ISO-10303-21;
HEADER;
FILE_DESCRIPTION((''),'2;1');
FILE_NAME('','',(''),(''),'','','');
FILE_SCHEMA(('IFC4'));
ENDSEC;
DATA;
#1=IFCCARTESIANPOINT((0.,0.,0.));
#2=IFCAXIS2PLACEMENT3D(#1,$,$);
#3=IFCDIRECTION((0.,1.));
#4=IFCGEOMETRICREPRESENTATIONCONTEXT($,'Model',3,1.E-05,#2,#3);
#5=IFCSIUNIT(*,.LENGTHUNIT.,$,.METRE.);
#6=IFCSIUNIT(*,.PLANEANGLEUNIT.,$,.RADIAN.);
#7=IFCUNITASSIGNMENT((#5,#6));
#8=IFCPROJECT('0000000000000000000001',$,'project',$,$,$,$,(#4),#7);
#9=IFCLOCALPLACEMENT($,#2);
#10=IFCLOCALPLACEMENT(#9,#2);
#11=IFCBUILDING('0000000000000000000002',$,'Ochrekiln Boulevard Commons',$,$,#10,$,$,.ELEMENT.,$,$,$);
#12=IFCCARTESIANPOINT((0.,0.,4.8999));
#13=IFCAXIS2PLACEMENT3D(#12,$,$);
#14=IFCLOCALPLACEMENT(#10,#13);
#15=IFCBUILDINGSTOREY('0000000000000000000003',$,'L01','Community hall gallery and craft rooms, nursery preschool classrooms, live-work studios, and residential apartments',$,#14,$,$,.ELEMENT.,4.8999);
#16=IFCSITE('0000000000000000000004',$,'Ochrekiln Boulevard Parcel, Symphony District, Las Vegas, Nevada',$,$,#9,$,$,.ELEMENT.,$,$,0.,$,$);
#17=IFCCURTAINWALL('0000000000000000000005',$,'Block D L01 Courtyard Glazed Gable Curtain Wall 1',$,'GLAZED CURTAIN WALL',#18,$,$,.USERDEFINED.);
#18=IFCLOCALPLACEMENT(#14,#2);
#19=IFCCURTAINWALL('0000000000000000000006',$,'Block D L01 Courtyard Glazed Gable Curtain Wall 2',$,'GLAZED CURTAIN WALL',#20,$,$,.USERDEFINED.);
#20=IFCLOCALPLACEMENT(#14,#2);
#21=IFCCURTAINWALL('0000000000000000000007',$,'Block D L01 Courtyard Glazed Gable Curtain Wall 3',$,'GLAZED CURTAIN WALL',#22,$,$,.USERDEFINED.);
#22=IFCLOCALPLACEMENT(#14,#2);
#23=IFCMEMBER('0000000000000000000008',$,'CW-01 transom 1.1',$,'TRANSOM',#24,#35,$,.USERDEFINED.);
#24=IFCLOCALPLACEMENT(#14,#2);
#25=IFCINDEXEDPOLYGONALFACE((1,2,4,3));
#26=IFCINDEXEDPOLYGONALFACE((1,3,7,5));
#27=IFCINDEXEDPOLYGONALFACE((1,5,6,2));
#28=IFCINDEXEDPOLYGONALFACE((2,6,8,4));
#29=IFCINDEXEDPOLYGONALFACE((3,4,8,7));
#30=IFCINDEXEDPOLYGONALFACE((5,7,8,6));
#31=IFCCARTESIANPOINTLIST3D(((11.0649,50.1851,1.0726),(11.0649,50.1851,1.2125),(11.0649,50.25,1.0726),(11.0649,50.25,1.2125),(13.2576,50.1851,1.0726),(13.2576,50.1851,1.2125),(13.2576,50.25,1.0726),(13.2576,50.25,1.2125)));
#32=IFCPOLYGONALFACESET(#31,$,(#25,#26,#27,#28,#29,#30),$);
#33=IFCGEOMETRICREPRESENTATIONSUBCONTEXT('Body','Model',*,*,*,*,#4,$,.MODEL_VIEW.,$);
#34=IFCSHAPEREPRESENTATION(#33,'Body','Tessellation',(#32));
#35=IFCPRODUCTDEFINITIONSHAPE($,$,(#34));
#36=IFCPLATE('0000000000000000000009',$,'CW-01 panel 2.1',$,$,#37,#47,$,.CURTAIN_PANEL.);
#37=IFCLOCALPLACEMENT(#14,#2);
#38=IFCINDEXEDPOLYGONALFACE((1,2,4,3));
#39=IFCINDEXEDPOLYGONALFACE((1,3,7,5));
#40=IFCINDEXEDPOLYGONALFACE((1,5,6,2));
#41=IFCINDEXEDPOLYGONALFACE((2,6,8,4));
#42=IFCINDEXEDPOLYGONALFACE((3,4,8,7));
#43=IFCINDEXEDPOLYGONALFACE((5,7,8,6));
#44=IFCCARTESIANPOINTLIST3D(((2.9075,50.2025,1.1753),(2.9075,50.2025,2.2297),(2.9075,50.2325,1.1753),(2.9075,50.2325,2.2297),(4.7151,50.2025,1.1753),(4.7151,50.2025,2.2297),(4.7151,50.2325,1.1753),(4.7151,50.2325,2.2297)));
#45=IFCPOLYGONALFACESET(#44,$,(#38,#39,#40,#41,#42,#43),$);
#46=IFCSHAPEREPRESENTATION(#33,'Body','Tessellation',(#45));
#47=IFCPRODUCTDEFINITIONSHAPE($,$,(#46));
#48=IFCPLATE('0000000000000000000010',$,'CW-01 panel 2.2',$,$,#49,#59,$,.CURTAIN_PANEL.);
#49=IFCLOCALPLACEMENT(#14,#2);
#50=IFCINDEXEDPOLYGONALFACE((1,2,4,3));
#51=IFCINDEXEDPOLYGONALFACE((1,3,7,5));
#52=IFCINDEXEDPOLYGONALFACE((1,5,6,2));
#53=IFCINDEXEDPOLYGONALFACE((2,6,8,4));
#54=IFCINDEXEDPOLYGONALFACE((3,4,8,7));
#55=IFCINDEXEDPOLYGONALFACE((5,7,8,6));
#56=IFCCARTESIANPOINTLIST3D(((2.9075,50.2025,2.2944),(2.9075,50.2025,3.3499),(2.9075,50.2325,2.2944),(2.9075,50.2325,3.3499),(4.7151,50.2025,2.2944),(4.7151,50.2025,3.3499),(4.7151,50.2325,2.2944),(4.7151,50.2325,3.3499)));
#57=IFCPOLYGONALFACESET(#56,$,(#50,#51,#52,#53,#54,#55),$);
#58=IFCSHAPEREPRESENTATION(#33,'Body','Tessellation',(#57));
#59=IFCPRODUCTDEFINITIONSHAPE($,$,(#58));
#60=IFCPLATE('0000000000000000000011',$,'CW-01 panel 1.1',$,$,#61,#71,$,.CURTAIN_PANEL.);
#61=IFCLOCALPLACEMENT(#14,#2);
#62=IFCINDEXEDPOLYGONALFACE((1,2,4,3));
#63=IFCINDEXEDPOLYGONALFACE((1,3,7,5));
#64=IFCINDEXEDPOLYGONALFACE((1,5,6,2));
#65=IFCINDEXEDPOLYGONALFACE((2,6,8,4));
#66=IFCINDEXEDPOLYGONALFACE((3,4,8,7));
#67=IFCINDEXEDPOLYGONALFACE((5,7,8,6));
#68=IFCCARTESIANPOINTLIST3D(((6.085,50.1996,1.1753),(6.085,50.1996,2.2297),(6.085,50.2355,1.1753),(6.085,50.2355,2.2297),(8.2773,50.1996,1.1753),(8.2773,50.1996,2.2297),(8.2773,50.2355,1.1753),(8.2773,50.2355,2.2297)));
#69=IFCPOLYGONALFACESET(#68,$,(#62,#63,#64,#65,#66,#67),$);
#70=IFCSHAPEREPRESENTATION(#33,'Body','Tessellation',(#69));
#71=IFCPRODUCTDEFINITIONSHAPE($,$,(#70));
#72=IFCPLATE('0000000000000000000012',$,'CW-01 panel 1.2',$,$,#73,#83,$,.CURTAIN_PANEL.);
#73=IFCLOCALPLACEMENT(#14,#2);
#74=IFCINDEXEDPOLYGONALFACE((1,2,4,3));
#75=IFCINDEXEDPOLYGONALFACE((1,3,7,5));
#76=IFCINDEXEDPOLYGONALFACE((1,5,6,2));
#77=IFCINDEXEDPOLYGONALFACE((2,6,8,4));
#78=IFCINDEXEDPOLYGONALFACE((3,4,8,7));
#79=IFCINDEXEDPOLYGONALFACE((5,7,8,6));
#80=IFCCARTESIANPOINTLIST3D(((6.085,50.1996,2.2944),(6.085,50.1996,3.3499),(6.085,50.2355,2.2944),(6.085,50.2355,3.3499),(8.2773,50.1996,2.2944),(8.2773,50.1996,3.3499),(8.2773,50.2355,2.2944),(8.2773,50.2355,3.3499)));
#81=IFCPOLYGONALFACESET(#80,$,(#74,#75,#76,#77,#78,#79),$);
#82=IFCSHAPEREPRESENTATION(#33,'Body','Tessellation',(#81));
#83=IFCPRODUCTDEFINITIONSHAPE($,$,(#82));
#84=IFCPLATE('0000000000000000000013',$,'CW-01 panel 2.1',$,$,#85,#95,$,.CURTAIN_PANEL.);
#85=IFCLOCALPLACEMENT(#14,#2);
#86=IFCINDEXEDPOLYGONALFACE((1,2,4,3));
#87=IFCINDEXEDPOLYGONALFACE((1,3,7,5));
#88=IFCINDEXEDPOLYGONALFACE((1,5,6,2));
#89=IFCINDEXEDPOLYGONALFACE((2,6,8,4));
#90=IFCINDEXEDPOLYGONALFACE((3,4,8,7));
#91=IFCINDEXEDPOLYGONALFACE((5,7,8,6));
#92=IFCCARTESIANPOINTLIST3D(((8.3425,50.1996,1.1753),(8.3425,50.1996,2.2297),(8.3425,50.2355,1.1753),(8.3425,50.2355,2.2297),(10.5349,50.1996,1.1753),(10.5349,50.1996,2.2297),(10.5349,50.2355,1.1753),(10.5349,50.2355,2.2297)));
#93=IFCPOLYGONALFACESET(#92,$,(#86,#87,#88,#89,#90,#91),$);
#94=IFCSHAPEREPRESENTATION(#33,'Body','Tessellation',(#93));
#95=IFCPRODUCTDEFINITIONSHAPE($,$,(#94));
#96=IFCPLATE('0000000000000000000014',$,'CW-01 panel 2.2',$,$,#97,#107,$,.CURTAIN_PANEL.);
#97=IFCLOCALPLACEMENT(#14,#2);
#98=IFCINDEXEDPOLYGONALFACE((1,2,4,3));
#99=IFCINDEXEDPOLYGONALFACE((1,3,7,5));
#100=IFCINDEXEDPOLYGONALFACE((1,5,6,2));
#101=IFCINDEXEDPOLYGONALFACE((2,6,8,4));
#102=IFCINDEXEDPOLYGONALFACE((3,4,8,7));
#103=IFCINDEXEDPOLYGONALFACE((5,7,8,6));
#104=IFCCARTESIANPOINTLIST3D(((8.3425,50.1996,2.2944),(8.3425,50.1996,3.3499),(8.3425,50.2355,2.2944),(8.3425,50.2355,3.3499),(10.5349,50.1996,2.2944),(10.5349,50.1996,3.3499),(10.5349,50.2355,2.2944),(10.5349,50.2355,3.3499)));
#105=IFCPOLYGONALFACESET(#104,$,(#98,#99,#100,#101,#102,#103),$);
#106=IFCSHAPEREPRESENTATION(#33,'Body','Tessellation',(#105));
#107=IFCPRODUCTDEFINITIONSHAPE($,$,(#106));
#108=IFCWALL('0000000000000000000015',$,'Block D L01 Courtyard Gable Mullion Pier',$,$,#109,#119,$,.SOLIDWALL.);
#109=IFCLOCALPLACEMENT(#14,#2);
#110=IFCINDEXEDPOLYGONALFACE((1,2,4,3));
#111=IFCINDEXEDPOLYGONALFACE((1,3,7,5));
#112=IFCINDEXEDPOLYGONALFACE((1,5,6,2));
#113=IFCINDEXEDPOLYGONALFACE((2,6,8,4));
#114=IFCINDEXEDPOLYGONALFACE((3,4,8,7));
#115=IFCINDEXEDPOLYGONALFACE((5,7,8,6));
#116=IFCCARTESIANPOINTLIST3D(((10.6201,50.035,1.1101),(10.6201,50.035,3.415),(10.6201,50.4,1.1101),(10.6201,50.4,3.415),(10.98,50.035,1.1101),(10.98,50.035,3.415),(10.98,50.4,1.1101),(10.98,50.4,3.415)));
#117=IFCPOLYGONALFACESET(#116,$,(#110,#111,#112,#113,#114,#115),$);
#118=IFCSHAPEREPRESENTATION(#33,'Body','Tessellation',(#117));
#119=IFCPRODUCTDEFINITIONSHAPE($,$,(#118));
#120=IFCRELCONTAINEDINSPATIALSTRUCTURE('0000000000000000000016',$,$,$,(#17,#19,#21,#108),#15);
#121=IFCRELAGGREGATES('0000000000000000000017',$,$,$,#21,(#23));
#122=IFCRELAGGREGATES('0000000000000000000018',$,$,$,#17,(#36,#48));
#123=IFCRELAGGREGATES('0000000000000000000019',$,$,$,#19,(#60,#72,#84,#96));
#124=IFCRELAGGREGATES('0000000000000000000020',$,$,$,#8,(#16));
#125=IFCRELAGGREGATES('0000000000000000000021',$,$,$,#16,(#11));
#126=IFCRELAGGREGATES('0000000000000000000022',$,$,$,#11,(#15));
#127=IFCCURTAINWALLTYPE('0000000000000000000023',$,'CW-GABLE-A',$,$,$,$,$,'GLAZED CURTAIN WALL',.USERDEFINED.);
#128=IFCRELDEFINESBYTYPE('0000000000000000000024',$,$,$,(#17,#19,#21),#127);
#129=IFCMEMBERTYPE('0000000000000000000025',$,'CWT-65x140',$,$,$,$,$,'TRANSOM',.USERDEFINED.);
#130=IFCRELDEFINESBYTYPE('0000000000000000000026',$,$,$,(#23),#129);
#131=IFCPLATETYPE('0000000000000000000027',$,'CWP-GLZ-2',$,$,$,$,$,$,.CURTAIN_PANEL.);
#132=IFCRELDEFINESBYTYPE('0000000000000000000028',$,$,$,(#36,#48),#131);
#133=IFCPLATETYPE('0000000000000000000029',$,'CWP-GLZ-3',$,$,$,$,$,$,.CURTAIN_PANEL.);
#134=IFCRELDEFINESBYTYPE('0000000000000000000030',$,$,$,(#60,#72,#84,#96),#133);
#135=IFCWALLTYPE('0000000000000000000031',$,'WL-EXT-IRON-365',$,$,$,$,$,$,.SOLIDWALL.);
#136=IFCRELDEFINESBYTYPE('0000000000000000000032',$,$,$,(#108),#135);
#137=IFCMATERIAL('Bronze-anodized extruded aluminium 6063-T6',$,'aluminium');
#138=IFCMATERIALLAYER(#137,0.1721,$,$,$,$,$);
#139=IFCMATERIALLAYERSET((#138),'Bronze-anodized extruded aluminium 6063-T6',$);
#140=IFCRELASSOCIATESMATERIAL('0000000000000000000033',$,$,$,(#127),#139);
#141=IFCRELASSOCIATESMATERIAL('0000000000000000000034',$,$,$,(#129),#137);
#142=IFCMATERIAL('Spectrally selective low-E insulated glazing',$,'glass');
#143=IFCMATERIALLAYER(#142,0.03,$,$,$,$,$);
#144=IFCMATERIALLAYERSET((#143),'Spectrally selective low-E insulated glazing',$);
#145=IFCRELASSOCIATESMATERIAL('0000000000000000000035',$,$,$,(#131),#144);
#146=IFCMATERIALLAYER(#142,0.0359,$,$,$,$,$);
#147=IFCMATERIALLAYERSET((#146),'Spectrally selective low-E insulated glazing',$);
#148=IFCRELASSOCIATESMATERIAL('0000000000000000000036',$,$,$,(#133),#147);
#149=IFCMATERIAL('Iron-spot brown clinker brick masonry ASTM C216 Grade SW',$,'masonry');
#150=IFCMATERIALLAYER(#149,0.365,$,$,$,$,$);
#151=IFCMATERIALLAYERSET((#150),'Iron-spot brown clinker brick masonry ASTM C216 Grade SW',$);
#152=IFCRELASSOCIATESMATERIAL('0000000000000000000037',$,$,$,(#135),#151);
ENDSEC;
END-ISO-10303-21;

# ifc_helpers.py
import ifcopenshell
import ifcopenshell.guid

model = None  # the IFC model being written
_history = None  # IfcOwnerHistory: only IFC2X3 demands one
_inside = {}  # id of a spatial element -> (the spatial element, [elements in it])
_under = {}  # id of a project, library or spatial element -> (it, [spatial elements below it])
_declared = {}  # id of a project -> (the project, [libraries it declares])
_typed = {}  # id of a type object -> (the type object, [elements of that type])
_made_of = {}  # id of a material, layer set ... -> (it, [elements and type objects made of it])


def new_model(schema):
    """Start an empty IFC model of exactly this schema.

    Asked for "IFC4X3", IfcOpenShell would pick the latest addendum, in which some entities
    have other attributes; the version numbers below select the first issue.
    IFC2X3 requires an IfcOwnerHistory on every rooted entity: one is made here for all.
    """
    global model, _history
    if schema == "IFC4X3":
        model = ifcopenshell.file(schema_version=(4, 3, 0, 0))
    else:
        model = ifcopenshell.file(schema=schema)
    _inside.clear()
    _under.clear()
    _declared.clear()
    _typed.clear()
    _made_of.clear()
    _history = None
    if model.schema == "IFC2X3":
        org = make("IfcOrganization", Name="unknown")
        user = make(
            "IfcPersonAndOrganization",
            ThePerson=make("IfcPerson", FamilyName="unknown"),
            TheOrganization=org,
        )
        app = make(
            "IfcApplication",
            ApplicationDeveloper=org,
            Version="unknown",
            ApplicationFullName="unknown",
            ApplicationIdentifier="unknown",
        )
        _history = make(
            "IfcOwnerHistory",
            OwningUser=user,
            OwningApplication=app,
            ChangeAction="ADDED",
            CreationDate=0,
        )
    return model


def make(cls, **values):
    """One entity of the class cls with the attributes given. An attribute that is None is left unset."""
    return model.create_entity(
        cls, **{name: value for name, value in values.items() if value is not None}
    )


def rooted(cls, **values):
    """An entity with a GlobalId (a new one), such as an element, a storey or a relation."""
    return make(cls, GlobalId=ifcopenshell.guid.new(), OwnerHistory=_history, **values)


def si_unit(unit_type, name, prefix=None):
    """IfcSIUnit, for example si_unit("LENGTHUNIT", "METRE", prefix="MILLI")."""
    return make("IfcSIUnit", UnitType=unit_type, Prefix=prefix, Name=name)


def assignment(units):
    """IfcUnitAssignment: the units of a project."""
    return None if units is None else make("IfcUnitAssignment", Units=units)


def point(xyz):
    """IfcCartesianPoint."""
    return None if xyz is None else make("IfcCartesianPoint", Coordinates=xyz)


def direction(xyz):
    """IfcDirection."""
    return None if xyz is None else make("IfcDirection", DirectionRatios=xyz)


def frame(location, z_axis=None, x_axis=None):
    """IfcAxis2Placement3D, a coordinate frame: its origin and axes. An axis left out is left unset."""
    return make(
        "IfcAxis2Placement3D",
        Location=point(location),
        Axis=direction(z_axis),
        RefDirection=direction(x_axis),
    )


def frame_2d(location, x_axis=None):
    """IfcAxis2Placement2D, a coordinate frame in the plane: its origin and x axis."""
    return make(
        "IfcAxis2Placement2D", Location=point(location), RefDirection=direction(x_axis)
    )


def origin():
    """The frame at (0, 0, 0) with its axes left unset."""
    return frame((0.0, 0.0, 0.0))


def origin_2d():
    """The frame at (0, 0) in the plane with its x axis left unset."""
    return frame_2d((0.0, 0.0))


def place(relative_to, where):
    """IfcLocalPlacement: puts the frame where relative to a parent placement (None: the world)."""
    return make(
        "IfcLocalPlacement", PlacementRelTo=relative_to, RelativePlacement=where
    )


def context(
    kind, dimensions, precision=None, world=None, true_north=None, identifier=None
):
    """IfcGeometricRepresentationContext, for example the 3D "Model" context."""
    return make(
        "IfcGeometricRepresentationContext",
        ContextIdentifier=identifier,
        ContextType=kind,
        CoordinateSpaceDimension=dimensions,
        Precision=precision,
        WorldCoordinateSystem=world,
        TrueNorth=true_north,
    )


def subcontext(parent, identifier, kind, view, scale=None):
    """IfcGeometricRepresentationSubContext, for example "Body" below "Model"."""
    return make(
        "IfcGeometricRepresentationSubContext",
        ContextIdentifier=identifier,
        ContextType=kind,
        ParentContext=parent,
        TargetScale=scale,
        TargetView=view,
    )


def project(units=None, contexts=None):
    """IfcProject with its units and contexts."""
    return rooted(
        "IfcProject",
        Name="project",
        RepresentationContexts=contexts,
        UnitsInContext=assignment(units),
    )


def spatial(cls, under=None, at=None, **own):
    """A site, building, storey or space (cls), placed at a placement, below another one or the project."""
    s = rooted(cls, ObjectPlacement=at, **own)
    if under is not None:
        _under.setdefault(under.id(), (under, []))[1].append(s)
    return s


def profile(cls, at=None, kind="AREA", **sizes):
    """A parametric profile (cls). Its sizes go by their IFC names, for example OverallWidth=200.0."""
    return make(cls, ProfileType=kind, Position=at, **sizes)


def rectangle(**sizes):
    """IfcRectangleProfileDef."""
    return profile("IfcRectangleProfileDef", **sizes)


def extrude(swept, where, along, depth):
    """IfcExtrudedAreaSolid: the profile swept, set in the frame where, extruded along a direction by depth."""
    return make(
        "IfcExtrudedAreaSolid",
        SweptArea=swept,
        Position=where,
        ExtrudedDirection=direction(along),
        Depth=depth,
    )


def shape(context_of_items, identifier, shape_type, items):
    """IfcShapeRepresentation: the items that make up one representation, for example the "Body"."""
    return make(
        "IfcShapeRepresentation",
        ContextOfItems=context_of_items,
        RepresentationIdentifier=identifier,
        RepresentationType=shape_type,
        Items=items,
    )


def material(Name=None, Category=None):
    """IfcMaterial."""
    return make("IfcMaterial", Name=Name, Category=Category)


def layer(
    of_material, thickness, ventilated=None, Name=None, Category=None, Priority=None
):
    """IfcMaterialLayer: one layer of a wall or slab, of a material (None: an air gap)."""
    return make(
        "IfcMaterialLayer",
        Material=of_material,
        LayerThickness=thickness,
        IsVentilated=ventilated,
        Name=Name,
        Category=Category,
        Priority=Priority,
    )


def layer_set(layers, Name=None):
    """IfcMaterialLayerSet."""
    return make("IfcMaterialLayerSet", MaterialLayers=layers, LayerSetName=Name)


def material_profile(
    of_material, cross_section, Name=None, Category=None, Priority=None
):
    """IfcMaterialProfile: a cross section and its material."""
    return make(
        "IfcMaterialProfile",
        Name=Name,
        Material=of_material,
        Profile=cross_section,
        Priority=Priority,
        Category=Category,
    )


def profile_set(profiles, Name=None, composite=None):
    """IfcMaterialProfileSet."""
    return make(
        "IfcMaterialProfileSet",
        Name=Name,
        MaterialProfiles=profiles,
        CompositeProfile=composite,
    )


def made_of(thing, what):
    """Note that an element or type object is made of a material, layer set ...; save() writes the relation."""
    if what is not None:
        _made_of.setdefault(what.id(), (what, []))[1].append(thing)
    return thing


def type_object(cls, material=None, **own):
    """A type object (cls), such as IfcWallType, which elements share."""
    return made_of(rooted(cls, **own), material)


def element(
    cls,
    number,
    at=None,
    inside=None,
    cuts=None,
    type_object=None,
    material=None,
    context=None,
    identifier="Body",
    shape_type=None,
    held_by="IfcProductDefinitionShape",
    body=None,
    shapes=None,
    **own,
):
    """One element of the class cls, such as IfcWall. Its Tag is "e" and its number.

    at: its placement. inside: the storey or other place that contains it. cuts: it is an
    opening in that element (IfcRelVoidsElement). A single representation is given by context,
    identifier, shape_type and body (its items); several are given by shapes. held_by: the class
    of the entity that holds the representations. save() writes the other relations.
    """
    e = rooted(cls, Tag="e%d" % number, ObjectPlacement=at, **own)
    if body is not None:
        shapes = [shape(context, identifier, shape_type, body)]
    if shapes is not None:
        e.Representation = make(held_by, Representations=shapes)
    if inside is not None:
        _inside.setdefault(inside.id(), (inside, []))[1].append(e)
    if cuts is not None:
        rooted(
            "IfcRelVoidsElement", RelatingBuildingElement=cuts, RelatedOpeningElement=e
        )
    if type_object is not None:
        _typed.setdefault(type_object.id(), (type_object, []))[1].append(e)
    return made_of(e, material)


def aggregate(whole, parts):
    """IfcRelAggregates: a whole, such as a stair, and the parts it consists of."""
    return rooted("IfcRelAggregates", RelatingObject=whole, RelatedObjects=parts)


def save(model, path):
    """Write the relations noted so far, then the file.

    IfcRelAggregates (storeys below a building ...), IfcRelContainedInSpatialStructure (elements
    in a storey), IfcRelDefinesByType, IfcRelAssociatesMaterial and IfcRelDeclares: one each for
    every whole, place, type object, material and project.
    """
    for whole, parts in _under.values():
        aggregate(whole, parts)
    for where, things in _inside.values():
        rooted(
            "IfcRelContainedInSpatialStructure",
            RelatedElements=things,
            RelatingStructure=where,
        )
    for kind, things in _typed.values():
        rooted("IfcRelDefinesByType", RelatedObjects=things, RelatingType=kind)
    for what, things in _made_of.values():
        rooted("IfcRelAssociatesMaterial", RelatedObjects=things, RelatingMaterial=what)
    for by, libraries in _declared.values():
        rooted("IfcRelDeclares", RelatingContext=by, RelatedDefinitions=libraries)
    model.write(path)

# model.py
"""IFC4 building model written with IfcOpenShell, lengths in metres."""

from ifc_helpers import new_model, si_unit, direction, frame, frame_2d, origin, origin_2d, place, context, subcontext, project, spatial, rectangle, extrude, material, layer, layer_set, material_profile, profile_set, type_object, element, aggregate, save


model = new_model("IFC4")

# Units and contexts
model_context = context("Model", 3, precision=1e-05, world=origin(), true_north=direction((0.0, 1.0)))
body_context = subcontext(model_context, "Body", "Model", "MODEL_VIEW")
ifc_project = project(units=[si_unit("LENGTHUNIT", "METRE"), si_unit("PLANEANGLEUNIT", "RADIAN")], contexts=[model_context])

# Site, building, storey
site_placement = place(None, origin())
site = spatial("IfcSite", under=ifc_project, at=site_placement, Name="Ochrekiln Boulevard Parcel, Symphony District, Las Vegas, Nevada", CompositionType="ELEMENT", RefElevation=0.0)
building_placement = place(site_placement, origin())
building = spatial("IfcBuilding", under=site, at=building_placement, Name="Ochrekiln Boulevard Commons", CompositionType="ELEMENT")
storey_placement = place(building_placement, frame((0.0, 0.0, 4.8999)))
storey = spatial("IfcBuildingStorey", under=building, at=storey_placement, Name="L01", Description="Community hall gallery and craft rooms, nursery preschool classrooms, live-work studios, and residential apartments", CompositionType="ELEMENT", Elevation=4.8999)

# Curtain walls
ifc_material_1 = material(Name="Bronze-anodized extruded aluminium 6063-T6", Category="aluminium")
ifc_layer_1 = layer(ifc_material_1, 0.1721)
ifc_layer_set_1 = layer_set([ifc_layer_1], Name="Bronze-anodized extruded aluminium 6063-T6")
curtain_wall_type = type_object("IfcCurtainWallType", Name="CW-GABLE-A", ElementType="GLAZED CURTAIN WALL", PredefinedType="USERDEFINED", material=ifc_layer_set_1)
curtain_wall_1_placement = place(storey_placement, origin())
curtain_wall_1 = element("IfcCurtainWall", 1, at=curtain_wall_1_placement, inside=storey, type_object=curtain_wall_type, Name="Block D L01 Courtyard Glazed Gable Curtain Wall 1", ObjectType="GLAZED CURTAIN WALL", PredefinedType="USERDEFINED")
curtain_wall_2_placement = place(storey_placement, origin())
curtain_wall_2 = element("IfcCurtainWall", 2, at=curtain_wall_2_placement, inside=storey, type_object=curtain_wall_type, Name="Block D L01 Courtyard Glazed Gable Curtain Wall 2", ObjectType="GLAZED CURTAIN WALL", PredefinedType="USERDEFINED")

# Curtain wall
curtain_wall_3_placement = place(storey_placement, origin())
curtain_wall_3 = element("IfcCurtainWall", 3, at=curtain_wall_3_placement, inside=storey, type_object=curtain_wall_type, Name="Block D L01 Courtyard Glazed Gable Curtain Wall 3", ObjectType="GLAZED CURTAIN WALL", PredefinedType="USERDEFINED")

# Member
ifc_material_profile_1 = material_profile(ifc_material_1, rectangle(XDim=0.0649, YDim=0.1399, at=origin_2d()), Name="ALU-TRN-65x140")
ifc_profile_set_1 = profile_set([ifc_material_profile_1], Name="Bronze-anodized extruded aluminium 6063-T6")
member_type_1 = type_object("IfcMemberType", Name="CWT-65x140", ElementType="TRANSOM", PredefinedType="USERDEFINED", material=ifc_profile_set_1)
member_1_placement = place(storey_placement, frame((11.0649, 50.2175, 1.1426), z_axis=(1.0, 0.0, 0.0), x_axis=(0.0, 1.0, 0.0)))
member_1 = element("IfcMember", 4, at=member_1_placement, type_object=member_type_1, Name="CW-01 transom 1.1", ObjectType="TRANSOM", PredefinedType="USERDEFINED", context=body_context, shape_type="SweptSolid", body=[
    extrude(rectangle(XDim=0.0649, YDim=0.1399, at=origin_2d()), origin(), (0.0, 0.0, 1.0), 2.1926),
])
aggregate(curtain_wall_3, [member_1])

# Plates
ifc_material_2 = material(Name="Spectrally selective low-E insulated glazing", Category="glass")
ifc_layer_2 = layer(ifc_material_2, 0.03)
ifc_layer_set_2 = layer_set([ifc_layer_2], Name="Spectrally selective low-E insulated glazing")
plate_type_1 = type_object("IfcPlateType", Name="CWP-GLZ-2", PredefinedType="CURTAIN_PANEL", material=ifc_layer_set_2)
plate_1_placement = place(storey_placement, frame((3.8113, 50.2175, 1.1753), z_axis=(0.0, 0.0, 1.0), x_axis=(1.0, 0.0, 0.0)))
plate_1 = element("IfcPlate", 5, at=plate_1_placement, type_object=plate_type_1, Name="CW-01 panel 2.1", PredefinedType="CURTAIN_PANEL", context=body_context, shape_type="SweptSolid", body=[
    extrude(rectangle(XDim=1.8076, YDim=0.03, at=origin_2d()), origin(), (0.0, 0.0, 1.0), 1.0544),
])
plate_2_placement = place(storey_placement, frame((3.8113, 50.2175, 2.2944), z_axis=(0.0, 0.0, 1.0), x_axis=(1.0, 0.0, 0.0)))
plate_2 = element("IfcPlate", 6, at=plate_2_placement, type_object=plate_type_1, Name="CW-01 panel 2.2", PredefinedType="CURTAIN_PANEL", context=body_context, shape_type="SweptSolid", body=[
    extrude(rectangle(XDim=1.8076, YDim=0.03, at=origin_2d()), origin(), (0.0, 0.0, 1.0), 1.0554),
])
aggregate(curtain_wall_1, [plate_1, plate_2])
ifc_layer_3 = layer(ifc_material_2, 0.0359)
ifc_layer_set_3 = layer_set([ifc_layer_3], Name="Spectrally selective low-E insulated glazing")
plate_type_2 = type_object("IfcPlateType", Name="CWP-GLZ-3", PredefinedType="CURTAIN_PANEL", material=ifc_layer_set_3)
plate_3_placement = place(storey_placement, frame((7.1812, 50.2175, 1.1753), z_axis=(0.0, 0.0, 1.0), x_axis=(1.0, 0.0, 0.0)))
plate_3 = element("IfcPlate", 7, at=plate_3_placement, type_object=plate_type_2, Name="CW-01 panel 1.1", PredefinedType="CURTAIN_PANEL", context=body_context, shape_type="SweptSolid", body=[
    extrude(rectangle(XDim=2.1924, YDim=0.0359, at=origin_2d()), origin(), (0.0, 0.0, 1.0), 1.0544),
])
plate_4_placement = place(storey_placement, frame((7.1812, 50.2175, 2.2944), z_axis=(0.0, 0.0, 1.0), x_axis=(1.0, 0.0, 0.0)))
plate_4 = element("IfcPlate", 8, at=plate_4_placement, type_object=plate_type_2, Name="CW-01 panel 1.2", PredefinedType="CURTAIN_PANEL", context=body_context, shape_type="SweptSolid", body=[
    extrude(rectangle(XDim=2.1924, YDim=0.0359, at=origin_2d()), origin(), (0.0, 0.0, 1.0), 1.0554),
])
plate_5_placement = place(storey_placement, frame((9.4387, 50.2175, 1.1753), z_axis=(0.0, 0.0, 1.0), x_axis=(1.0, 0.0, 0.0)))
plate_5 = element("IfcPlate", 9, at=plate_5_placement, type_object=plate_type_2, Name="CW-01 panel 2.1", PredefinedType="CURTAIN_PANEL", context=body_context, shape_type="SweptSolid", body=[
    extrude(rectangle(XDim=2.1924, YDim=0.0359, at=origin_2d()), origin(), (0.0, 0.0, 1.0), 1.0544),
])
plate_6_placement = place(storey_placement, frame((9.4387, 50.2175, 2.2944), z_axis=(0.0, 0.0, 1.0), x_axis=(1.0, 0.0, 0.0)))
plate_6 = element("IfcPlate", 10, at=plate_6_placement, type_object=plate_type_2, Name="CW-01 panel 2.2", PredefinedType="CURTAIN_PANEL", context=body_context, shape_type="SweptSolid", body=[
    extrude(rectangle(XDim=2.1924, YDim=0.0359, at=origin_2d()), origin(), (0.0, 0.0, 1.0), 1.0554),
])
aggregate(curtain_wall_2, [plate_3, plate_4, plate_5, plate_6])

# Wall
ifc_material_3 = material(Name="Iron-spot brown clinker brick masonry ASTM C216 Grade SW", Category="masonry")
ifc_layer_4 = layer(ifc_material_3, 0.365)
ifc_layer_set_4 = layer_set([ifc_layer_4], Name="Iron-spot brown clinker brick masonry ASTM C216 Grade SW")
wall_type = type_object("IfcWallType", Name="WL-EXT-IRON-365", PredefinedType="SOLIDWALL", material=ifc_layer_set_4)
wall_placement = place(storey_placement, frame((10.6201, 50.2175, 1.1101), z_axis=(0.0, 0.0, 1.0), x_axis=(1.0, 0.0, 0.0)))
element("IfcWall", 11, at=wall_placement, inside=storey, type_object=wall_type, Name="Block D L01 Courtyard Gable Mullion Pier", PredefinedType="SOLIDWALL", context=body_context, shape_type="SweptSolid", body=[
    extrude(rectangle(XDim=0.3599, YDim=0.365, at=frame_2d((0.1799, 0.0))), origin(), (0.0, 0.0, 1.0), 2.3049),
])

save(model, "model.ifc")
